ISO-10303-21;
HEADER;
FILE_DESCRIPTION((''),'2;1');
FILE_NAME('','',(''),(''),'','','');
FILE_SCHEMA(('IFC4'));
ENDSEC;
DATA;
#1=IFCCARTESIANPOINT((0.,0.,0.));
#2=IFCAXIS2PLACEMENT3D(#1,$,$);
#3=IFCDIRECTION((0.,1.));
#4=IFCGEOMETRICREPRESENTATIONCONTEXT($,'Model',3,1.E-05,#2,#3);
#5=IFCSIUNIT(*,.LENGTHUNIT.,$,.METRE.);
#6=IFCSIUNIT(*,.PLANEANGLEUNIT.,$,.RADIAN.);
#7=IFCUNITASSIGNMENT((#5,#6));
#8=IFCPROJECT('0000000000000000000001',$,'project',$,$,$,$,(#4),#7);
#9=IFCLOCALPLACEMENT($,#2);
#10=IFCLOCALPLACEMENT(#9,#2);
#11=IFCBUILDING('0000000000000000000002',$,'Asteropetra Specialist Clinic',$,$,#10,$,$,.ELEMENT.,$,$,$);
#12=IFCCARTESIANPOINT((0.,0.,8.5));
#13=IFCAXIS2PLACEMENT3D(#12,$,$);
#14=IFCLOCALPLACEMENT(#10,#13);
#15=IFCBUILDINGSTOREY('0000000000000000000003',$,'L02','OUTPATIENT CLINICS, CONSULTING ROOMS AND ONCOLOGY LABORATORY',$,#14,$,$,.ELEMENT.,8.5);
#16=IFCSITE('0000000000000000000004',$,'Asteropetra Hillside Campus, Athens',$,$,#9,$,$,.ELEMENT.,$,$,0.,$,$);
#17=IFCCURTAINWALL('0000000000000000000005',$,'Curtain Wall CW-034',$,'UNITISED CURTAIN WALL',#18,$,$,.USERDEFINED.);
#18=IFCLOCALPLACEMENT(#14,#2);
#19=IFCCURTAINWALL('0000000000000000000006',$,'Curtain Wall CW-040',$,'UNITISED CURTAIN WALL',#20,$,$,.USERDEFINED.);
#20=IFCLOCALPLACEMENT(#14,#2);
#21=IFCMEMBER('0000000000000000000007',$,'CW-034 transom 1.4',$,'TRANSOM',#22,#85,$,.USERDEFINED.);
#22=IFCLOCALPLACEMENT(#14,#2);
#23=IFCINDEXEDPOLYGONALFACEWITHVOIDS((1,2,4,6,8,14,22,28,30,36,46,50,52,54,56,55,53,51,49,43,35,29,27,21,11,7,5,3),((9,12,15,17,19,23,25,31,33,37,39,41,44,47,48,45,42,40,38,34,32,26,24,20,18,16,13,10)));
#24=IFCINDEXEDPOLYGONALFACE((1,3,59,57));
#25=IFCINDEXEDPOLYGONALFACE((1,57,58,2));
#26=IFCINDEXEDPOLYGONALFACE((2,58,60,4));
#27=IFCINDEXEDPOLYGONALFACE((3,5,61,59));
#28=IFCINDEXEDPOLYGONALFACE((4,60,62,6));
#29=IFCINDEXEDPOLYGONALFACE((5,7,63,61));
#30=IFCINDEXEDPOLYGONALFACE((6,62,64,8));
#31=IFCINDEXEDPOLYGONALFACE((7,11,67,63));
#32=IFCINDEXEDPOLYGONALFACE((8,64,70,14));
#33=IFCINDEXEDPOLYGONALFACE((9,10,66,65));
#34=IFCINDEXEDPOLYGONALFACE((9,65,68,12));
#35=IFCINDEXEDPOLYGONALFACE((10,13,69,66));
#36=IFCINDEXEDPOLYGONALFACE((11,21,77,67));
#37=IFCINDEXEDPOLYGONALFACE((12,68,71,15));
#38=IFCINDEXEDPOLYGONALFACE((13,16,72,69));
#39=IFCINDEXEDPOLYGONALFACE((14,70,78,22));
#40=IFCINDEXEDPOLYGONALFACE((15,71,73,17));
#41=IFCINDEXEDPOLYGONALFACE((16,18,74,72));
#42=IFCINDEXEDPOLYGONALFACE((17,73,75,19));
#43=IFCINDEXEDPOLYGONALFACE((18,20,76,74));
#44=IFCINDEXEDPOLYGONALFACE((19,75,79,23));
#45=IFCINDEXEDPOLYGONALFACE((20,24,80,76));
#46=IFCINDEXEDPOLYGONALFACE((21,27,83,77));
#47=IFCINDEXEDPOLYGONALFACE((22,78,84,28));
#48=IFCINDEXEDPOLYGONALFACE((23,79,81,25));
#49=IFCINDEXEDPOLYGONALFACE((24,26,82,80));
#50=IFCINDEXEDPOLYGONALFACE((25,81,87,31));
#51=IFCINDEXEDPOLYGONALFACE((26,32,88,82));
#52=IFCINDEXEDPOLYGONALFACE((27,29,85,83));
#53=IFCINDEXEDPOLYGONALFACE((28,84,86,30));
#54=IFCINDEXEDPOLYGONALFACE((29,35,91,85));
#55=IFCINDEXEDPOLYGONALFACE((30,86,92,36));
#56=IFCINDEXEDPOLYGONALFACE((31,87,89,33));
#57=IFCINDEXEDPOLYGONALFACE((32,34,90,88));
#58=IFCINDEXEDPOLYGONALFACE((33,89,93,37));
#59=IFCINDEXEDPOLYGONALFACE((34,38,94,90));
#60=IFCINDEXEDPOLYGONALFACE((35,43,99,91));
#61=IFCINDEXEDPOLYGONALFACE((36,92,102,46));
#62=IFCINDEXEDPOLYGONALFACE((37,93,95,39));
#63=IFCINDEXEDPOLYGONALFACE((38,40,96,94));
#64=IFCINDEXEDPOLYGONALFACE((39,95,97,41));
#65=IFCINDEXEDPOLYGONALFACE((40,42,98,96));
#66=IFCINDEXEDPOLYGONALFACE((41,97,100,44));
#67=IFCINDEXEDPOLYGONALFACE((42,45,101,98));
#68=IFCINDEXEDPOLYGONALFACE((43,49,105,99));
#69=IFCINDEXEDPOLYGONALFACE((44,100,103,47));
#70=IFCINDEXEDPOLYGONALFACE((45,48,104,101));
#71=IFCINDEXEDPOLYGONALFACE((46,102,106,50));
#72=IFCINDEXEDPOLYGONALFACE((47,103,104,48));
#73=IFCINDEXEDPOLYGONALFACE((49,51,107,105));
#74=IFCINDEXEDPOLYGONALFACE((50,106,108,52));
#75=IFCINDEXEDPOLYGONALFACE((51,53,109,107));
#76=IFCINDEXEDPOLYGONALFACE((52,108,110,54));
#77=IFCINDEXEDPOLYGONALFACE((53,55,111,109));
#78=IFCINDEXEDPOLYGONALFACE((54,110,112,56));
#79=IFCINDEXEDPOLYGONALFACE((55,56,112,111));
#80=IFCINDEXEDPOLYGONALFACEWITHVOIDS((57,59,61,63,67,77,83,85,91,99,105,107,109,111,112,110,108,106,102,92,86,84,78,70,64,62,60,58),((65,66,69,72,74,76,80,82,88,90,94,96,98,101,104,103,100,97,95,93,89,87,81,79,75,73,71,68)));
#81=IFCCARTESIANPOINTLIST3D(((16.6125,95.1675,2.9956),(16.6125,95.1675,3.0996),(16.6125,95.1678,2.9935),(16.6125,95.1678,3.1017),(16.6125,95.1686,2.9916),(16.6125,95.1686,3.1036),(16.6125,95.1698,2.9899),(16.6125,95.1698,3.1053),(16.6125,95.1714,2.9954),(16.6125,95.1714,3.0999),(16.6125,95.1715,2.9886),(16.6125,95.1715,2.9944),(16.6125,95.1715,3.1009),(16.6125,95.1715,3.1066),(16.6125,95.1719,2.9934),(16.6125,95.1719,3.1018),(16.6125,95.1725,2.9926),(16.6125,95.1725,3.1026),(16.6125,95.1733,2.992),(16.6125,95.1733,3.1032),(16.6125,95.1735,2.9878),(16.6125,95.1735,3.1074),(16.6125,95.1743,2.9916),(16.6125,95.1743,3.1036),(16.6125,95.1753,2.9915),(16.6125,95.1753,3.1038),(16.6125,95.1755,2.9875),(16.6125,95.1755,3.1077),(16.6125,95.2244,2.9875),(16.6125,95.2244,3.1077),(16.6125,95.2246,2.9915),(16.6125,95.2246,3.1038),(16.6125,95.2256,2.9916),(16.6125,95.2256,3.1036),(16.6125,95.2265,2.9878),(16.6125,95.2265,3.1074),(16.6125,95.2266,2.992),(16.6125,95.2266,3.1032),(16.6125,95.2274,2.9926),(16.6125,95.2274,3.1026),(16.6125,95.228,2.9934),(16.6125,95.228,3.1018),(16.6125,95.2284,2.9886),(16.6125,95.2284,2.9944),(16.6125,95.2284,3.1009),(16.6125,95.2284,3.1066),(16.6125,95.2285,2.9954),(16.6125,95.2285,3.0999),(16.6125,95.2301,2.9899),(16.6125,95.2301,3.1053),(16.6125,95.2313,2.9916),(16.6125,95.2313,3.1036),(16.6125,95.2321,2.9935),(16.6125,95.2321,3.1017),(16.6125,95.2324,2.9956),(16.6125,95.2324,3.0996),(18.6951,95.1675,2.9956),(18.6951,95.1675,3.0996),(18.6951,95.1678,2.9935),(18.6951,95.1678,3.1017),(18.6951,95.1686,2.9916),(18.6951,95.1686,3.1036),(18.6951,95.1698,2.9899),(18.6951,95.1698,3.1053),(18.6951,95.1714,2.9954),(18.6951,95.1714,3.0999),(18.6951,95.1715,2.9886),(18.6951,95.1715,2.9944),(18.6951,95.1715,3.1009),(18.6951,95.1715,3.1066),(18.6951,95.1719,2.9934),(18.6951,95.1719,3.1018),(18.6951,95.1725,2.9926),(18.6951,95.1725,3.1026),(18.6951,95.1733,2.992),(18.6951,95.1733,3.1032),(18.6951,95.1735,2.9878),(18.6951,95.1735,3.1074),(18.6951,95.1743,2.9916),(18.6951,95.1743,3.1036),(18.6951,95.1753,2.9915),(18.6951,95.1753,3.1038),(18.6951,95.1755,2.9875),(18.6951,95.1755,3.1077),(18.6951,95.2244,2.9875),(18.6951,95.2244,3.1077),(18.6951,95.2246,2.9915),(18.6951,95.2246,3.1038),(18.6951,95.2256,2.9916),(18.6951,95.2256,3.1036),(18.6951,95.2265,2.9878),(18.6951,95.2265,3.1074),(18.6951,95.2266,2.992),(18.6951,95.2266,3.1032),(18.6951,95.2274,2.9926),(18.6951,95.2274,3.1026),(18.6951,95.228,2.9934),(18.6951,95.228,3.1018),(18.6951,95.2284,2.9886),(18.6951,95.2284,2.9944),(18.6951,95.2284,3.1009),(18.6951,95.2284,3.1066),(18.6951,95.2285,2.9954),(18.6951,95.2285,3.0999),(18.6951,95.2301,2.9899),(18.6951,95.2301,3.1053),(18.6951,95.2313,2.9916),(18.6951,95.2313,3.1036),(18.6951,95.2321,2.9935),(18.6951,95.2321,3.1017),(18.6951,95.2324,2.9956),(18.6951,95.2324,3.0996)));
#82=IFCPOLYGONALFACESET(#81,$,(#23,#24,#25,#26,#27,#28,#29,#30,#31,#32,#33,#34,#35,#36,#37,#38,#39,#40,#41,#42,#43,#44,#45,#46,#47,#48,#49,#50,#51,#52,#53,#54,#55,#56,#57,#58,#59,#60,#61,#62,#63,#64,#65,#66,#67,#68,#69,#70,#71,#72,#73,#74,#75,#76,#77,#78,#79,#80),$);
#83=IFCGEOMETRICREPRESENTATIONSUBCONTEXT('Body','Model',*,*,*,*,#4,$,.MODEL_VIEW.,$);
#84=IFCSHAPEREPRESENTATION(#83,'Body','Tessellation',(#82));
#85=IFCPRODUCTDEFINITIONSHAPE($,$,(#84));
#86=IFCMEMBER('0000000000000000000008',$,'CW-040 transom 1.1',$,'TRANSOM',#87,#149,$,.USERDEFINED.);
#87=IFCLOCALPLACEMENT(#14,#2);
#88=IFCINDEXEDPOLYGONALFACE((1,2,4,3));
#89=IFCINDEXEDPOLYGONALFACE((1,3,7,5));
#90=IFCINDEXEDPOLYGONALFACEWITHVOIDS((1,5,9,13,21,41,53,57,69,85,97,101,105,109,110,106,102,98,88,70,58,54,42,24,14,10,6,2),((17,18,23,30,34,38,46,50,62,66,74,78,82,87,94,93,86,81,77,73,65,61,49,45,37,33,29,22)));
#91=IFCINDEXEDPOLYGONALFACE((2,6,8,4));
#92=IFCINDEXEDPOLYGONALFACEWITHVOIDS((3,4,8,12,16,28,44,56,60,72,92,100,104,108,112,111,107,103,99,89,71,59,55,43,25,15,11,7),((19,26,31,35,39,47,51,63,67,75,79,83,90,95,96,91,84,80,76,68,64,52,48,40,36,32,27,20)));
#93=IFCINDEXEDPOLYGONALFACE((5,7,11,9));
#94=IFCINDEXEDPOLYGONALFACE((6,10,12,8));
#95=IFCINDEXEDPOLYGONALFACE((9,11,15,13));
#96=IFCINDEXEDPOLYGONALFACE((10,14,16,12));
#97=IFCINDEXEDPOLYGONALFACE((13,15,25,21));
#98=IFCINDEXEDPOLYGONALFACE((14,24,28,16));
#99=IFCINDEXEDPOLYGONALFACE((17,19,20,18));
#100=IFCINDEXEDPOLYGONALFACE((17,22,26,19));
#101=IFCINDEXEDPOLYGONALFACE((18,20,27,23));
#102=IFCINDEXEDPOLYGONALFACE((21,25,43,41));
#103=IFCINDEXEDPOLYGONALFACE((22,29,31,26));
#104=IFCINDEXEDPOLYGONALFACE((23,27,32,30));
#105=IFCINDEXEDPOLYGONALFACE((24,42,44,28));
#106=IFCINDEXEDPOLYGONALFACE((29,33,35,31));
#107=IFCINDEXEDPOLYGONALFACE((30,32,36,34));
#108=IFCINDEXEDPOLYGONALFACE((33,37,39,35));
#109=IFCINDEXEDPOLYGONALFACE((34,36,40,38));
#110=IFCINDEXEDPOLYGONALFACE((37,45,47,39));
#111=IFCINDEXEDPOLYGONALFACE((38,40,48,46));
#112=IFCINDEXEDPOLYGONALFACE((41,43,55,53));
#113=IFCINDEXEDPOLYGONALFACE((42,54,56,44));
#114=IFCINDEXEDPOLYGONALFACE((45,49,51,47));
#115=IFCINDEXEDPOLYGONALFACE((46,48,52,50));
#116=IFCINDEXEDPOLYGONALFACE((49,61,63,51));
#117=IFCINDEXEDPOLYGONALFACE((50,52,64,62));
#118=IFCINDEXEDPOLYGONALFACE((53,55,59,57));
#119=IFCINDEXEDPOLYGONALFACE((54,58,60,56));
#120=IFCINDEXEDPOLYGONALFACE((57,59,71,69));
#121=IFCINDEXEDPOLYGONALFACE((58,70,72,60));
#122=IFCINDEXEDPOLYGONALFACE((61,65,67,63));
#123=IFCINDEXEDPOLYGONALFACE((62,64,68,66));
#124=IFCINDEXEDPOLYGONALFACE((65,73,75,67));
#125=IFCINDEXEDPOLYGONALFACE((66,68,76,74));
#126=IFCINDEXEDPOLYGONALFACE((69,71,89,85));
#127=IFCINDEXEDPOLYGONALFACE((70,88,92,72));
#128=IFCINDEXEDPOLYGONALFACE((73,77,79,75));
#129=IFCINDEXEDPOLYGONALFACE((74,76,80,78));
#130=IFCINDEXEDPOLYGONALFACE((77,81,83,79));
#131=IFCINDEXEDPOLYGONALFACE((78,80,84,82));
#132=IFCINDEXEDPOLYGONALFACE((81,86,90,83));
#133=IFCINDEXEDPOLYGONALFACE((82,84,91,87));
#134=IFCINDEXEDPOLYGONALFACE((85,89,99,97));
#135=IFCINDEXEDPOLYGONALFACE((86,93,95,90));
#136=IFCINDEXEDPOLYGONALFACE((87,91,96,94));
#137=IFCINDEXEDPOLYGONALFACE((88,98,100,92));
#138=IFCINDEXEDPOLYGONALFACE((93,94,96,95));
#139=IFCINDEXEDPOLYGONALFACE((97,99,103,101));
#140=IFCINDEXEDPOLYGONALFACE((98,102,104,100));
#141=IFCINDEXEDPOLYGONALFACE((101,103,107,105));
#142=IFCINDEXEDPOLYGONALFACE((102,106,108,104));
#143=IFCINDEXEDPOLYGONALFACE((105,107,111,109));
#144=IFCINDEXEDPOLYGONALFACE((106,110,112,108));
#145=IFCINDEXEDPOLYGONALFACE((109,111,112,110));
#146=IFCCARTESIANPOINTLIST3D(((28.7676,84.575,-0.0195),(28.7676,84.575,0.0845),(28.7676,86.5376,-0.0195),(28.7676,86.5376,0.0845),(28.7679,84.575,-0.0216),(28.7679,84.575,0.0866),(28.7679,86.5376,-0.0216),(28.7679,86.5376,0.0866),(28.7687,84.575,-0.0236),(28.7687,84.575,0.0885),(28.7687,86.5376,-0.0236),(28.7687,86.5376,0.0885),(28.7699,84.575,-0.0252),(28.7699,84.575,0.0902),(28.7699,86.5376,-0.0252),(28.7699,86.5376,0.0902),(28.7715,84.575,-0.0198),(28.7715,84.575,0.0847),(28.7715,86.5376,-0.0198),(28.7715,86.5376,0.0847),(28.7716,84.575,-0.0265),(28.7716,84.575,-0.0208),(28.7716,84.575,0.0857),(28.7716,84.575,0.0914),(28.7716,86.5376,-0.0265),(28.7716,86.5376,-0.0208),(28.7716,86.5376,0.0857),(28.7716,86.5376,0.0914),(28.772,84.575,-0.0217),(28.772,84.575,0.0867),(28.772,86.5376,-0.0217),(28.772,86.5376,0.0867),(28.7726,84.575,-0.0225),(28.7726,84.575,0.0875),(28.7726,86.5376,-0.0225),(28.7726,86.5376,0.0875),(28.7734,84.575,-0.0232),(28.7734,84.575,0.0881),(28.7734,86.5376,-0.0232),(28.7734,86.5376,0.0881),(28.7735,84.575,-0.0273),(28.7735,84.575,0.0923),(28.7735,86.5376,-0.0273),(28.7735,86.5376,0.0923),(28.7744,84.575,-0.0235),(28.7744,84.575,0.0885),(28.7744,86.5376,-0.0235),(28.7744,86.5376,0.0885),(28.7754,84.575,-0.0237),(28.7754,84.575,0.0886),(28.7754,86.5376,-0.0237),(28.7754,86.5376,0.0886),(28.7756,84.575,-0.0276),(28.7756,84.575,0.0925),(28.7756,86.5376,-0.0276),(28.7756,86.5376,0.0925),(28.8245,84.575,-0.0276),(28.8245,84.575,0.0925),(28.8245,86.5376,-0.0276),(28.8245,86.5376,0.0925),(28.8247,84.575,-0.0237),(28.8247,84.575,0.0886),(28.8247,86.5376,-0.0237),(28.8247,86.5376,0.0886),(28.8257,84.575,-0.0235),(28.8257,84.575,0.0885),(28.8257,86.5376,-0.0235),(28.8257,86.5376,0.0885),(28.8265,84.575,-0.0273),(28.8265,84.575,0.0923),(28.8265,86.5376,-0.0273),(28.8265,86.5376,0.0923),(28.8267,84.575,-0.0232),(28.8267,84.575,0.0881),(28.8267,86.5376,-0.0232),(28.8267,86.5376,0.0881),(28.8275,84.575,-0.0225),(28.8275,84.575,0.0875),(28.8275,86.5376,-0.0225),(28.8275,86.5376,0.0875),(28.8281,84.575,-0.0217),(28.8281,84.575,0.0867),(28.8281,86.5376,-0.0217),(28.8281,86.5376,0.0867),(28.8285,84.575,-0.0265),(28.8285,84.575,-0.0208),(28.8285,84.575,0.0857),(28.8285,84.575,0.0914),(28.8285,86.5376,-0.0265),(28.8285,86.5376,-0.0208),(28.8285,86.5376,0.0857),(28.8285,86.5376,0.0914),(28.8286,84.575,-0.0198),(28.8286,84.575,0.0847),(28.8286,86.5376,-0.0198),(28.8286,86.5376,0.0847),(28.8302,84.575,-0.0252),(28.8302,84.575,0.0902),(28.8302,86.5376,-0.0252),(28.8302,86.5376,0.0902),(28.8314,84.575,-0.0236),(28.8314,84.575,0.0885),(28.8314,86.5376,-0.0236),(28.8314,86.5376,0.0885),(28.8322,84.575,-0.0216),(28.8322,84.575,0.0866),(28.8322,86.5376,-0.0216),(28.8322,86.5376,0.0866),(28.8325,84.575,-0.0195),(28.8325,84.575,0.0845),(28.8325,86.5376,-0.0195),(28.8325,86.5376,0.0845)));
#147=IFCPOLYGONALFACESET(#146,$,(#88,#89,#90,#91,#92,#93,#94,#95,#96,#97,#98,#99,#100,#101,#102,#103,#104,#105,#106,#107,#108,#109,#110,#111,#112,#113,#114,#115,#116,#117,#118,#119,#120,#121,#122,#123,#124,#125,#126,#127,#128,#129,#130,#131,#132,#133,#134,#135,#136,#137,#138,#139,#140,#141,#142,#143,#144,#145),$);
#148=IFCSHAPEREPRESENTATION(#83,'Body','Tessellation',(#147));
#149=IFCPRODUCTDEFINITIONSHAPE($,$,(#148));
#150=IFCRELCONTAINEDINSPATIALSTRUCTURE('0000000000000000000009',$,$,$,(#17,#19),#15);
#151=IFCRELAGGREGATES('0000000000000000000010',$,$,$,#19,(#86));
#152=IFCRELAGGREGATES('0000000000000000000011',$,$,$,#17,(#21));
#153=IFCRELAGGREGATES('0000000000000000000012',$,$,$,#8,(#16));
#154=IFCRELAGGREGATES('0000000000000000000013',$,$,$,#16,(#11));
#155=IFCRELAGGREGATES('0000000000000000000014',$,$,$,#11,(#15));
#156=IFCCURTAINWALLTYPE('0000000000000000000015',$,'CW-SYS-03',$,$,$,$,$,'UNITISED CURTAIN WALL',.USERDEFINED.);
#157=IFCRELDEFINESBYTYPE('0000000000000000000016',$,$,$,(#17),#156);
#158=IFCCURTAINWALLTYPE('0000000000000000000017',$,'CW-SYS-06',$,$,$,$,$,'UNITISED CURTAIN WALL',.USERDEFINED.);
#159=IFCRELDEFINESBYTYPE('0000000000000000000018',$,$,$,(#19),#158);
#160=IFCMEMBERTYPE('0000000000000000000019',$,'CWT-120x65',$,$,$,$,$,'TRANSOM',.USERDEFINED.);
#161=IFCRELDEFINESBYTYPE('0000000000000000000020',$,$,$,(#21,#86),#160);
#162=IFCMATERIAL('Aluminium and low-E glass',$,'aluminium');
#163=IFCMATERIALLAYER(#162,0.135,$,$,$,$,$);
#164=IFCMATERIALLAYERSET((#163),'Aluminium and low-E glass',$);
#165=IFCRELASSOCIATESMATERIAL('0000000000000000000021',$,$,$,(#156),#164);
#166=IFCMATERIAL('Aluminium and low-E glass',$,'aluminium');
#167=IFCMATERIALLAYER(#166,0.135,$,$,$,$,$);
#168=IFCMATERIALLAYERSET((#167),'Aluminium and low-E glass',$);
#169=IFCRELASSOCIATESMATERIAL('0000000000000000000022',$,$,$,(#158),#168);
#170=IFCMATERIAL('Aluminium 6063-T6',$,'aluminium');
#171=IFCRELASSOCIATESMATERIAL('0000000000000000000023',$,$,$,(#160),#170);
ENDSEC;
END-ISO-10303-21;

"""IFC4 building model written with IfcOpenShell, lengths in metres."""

from ifc_helpers import new_model, si_unit, direction, frame, origin, origin_2d, place, context, subcontext, project, spatial, hollow_rectangle, extrude, material, layer, layer_set, material_profile, profile_set, type_object, element, aggregate, save


model = new_model("IFC4")

# Units and contexts
model_context = context("Model", 3, precision=1e-05, world=origin(), true_north=direction((0.0, 1.0)))
body_context = subcontext(model_context, "Body", "Model", "MODEL_VIEW")
ifc_project = project(units=[si_unit("LENGTHUNIT", "METRE"), si_unit("PLANEANGLEUNIT", "RADIAN")], contexts=[model_context])

# Site, building, storey
site_placement = place(None, origin())
site = spatial("IfcSite", under=ifc_project, at=site_placement, Name="Asteropetra Hillside Campus, Athens", CompositionType="ELEMENT", RefElevation=0.0)
building_placement = place(site_placement, origin())
building = spatial("IfcBuilding", under=site, at=building_placement, Name="Asteropetra Specialist Clinic", CompositionType="ELEMENT")
storey_placement = place(building_placement, frame((0.0, 0.0, 8.5)))
storey = spatial("IfcBuildingStorey", under=building, at=storey_placement, Name="L02", Description="OUTPATIENT CLINICS, CONSULTING ROOMS AND ONCOLOGY LABORATORY", CompositionType="ELEMENT", Elevation=8.5)

# Curtain wall
ifc_material_1 = material(Name="Aluminium and low-E glass", Category="aluminium")
ifc_layer_1 = layer(ifc_material_1, 0.135)
ifc_layer_set_1 = layer_set([ifc_layer_1], Name="Aluminium and low-E glass")
curtain_wall_type_1 = type_object("IfcCurtainWallType", Name="CW-SYS-03", ElementType="UNITISED CURTAIN WALL", PredefinedType="USERDEFINED", material=ifc_layer_set_1)
curtain_wall_1_placement = place(storey_placement, origin())
curtain_wall_1 = element("IfcCurtainWall", 1, at=curtain_wall_1_placement, inside=storey, type_object=curtain_wall_type_1, Name="Curtain Wall CW-034", ObjectType="UNITISED CURTAIN WALL", PredefinedType="USERDEFINED")

# Curtain wall
ifc_material_2 = material(Name="Aluminium and low-E glass", Category="aluminium")
ifc_layer_2 = layer(ifc_material_2, 0.135)
ifc_layer_set_2 = layer_set([ifc_layer_2], Name="Aluminium and low-E glass")
curtain_wall_type_2 = type_object("IfcCurtainWallType", Name="CW-SYS-06", ElementType="UNITISED CURTAIN WALL", PredefinedType="USERDEFINED", material=ifc_layer_set_2)
curtain_wall_2_placement = place(storey_placement, origin())
curtain_wall_2 = element("IfcCurtainWall", 2, at=curtain_wall_2_placement, inside=storey, type_object=curtain_wall_type_2, Name="Curtain Wall CW-040", ObjectType="UNITISED CURTAIN WALL", PredefinedType="USERDEFINED")

# Members
ifc_material_3 = material(Name="Aluminium 6063-T6", Category="aluminium")
ifc_material_profile_1 = material_profile(ifc_material_3, hollow_rectangle(XDim=0.0649, YDim=0.1201, WallThickness=0.0039, InnerFilletRadius=0.0039, OuterFilletRadius=0.0081, at=origin_2d()), Name="TRN 120x65x4.0")
ifc_profile_set_1 = profile_set([ifc_material_profile_1], Name="Aluminium 6063-T6")
member_type_1 = type_object("IfcMemberType", Name="CWT-120x65", ElementType="TRANSOM", PredefinedType="USERDEFINED", material=ifc_profile_set_1)
member_1_placement = place(storey_placement, frame((18.6951, 95.2, 3.0476), z_axis=(-1.0, 0.0, 0.0), x_axis=(0.0, -1.0, 0.0)))
member_1 = element("IfcMember", 3, at=member_1_placement, type_object=member_type_1, Name="CW-034 transom 1.4", ObjectType="TRANSOM", PredefinedType="USERDEFINED", context=body_context, shape_type="SweptSolid", body=[
    extrude(hollow_rectangle(XDim=0.0649, YDim=0.1201, WallThickness=0.0039, InnerFilletRadius=0.0039, OuterFilletRadius=0.0081, at=origin_2d()), origin(), (0.0, 0.0, 1.0), 2.0825),
])
member_2_placement = place(storey_placement, frame((28.8, 84.575, 0.0325), z_axis=(0.0, 1.0, 0.0), x_axis=(-1.0, 0.0, 0.0)))
member_2 = element("IfcMember", 4, at=member_2_placement, type_object=member_type_1, Name="CW-040 transom 1.1", ObjectType="TRANSOM", PredefinedType="USERDEFINED", context=body_context, shape_type="SweptSolid", body=[
    extrude(hollow_rectangle(XDim=0.0649, YDim=0.1201, WallThickness=0.0039, InnerFilletRadius=0.0039, OuterFilletRadius=0.0081, at=origin_2d()), origin(), (0.0, 0.0, 1.0), 1.9626),
])

aggregate(curtain_wall_2, [member_2])
aggregate(curtain_wall_1, [member_1])

save(model, "model.ifc")
